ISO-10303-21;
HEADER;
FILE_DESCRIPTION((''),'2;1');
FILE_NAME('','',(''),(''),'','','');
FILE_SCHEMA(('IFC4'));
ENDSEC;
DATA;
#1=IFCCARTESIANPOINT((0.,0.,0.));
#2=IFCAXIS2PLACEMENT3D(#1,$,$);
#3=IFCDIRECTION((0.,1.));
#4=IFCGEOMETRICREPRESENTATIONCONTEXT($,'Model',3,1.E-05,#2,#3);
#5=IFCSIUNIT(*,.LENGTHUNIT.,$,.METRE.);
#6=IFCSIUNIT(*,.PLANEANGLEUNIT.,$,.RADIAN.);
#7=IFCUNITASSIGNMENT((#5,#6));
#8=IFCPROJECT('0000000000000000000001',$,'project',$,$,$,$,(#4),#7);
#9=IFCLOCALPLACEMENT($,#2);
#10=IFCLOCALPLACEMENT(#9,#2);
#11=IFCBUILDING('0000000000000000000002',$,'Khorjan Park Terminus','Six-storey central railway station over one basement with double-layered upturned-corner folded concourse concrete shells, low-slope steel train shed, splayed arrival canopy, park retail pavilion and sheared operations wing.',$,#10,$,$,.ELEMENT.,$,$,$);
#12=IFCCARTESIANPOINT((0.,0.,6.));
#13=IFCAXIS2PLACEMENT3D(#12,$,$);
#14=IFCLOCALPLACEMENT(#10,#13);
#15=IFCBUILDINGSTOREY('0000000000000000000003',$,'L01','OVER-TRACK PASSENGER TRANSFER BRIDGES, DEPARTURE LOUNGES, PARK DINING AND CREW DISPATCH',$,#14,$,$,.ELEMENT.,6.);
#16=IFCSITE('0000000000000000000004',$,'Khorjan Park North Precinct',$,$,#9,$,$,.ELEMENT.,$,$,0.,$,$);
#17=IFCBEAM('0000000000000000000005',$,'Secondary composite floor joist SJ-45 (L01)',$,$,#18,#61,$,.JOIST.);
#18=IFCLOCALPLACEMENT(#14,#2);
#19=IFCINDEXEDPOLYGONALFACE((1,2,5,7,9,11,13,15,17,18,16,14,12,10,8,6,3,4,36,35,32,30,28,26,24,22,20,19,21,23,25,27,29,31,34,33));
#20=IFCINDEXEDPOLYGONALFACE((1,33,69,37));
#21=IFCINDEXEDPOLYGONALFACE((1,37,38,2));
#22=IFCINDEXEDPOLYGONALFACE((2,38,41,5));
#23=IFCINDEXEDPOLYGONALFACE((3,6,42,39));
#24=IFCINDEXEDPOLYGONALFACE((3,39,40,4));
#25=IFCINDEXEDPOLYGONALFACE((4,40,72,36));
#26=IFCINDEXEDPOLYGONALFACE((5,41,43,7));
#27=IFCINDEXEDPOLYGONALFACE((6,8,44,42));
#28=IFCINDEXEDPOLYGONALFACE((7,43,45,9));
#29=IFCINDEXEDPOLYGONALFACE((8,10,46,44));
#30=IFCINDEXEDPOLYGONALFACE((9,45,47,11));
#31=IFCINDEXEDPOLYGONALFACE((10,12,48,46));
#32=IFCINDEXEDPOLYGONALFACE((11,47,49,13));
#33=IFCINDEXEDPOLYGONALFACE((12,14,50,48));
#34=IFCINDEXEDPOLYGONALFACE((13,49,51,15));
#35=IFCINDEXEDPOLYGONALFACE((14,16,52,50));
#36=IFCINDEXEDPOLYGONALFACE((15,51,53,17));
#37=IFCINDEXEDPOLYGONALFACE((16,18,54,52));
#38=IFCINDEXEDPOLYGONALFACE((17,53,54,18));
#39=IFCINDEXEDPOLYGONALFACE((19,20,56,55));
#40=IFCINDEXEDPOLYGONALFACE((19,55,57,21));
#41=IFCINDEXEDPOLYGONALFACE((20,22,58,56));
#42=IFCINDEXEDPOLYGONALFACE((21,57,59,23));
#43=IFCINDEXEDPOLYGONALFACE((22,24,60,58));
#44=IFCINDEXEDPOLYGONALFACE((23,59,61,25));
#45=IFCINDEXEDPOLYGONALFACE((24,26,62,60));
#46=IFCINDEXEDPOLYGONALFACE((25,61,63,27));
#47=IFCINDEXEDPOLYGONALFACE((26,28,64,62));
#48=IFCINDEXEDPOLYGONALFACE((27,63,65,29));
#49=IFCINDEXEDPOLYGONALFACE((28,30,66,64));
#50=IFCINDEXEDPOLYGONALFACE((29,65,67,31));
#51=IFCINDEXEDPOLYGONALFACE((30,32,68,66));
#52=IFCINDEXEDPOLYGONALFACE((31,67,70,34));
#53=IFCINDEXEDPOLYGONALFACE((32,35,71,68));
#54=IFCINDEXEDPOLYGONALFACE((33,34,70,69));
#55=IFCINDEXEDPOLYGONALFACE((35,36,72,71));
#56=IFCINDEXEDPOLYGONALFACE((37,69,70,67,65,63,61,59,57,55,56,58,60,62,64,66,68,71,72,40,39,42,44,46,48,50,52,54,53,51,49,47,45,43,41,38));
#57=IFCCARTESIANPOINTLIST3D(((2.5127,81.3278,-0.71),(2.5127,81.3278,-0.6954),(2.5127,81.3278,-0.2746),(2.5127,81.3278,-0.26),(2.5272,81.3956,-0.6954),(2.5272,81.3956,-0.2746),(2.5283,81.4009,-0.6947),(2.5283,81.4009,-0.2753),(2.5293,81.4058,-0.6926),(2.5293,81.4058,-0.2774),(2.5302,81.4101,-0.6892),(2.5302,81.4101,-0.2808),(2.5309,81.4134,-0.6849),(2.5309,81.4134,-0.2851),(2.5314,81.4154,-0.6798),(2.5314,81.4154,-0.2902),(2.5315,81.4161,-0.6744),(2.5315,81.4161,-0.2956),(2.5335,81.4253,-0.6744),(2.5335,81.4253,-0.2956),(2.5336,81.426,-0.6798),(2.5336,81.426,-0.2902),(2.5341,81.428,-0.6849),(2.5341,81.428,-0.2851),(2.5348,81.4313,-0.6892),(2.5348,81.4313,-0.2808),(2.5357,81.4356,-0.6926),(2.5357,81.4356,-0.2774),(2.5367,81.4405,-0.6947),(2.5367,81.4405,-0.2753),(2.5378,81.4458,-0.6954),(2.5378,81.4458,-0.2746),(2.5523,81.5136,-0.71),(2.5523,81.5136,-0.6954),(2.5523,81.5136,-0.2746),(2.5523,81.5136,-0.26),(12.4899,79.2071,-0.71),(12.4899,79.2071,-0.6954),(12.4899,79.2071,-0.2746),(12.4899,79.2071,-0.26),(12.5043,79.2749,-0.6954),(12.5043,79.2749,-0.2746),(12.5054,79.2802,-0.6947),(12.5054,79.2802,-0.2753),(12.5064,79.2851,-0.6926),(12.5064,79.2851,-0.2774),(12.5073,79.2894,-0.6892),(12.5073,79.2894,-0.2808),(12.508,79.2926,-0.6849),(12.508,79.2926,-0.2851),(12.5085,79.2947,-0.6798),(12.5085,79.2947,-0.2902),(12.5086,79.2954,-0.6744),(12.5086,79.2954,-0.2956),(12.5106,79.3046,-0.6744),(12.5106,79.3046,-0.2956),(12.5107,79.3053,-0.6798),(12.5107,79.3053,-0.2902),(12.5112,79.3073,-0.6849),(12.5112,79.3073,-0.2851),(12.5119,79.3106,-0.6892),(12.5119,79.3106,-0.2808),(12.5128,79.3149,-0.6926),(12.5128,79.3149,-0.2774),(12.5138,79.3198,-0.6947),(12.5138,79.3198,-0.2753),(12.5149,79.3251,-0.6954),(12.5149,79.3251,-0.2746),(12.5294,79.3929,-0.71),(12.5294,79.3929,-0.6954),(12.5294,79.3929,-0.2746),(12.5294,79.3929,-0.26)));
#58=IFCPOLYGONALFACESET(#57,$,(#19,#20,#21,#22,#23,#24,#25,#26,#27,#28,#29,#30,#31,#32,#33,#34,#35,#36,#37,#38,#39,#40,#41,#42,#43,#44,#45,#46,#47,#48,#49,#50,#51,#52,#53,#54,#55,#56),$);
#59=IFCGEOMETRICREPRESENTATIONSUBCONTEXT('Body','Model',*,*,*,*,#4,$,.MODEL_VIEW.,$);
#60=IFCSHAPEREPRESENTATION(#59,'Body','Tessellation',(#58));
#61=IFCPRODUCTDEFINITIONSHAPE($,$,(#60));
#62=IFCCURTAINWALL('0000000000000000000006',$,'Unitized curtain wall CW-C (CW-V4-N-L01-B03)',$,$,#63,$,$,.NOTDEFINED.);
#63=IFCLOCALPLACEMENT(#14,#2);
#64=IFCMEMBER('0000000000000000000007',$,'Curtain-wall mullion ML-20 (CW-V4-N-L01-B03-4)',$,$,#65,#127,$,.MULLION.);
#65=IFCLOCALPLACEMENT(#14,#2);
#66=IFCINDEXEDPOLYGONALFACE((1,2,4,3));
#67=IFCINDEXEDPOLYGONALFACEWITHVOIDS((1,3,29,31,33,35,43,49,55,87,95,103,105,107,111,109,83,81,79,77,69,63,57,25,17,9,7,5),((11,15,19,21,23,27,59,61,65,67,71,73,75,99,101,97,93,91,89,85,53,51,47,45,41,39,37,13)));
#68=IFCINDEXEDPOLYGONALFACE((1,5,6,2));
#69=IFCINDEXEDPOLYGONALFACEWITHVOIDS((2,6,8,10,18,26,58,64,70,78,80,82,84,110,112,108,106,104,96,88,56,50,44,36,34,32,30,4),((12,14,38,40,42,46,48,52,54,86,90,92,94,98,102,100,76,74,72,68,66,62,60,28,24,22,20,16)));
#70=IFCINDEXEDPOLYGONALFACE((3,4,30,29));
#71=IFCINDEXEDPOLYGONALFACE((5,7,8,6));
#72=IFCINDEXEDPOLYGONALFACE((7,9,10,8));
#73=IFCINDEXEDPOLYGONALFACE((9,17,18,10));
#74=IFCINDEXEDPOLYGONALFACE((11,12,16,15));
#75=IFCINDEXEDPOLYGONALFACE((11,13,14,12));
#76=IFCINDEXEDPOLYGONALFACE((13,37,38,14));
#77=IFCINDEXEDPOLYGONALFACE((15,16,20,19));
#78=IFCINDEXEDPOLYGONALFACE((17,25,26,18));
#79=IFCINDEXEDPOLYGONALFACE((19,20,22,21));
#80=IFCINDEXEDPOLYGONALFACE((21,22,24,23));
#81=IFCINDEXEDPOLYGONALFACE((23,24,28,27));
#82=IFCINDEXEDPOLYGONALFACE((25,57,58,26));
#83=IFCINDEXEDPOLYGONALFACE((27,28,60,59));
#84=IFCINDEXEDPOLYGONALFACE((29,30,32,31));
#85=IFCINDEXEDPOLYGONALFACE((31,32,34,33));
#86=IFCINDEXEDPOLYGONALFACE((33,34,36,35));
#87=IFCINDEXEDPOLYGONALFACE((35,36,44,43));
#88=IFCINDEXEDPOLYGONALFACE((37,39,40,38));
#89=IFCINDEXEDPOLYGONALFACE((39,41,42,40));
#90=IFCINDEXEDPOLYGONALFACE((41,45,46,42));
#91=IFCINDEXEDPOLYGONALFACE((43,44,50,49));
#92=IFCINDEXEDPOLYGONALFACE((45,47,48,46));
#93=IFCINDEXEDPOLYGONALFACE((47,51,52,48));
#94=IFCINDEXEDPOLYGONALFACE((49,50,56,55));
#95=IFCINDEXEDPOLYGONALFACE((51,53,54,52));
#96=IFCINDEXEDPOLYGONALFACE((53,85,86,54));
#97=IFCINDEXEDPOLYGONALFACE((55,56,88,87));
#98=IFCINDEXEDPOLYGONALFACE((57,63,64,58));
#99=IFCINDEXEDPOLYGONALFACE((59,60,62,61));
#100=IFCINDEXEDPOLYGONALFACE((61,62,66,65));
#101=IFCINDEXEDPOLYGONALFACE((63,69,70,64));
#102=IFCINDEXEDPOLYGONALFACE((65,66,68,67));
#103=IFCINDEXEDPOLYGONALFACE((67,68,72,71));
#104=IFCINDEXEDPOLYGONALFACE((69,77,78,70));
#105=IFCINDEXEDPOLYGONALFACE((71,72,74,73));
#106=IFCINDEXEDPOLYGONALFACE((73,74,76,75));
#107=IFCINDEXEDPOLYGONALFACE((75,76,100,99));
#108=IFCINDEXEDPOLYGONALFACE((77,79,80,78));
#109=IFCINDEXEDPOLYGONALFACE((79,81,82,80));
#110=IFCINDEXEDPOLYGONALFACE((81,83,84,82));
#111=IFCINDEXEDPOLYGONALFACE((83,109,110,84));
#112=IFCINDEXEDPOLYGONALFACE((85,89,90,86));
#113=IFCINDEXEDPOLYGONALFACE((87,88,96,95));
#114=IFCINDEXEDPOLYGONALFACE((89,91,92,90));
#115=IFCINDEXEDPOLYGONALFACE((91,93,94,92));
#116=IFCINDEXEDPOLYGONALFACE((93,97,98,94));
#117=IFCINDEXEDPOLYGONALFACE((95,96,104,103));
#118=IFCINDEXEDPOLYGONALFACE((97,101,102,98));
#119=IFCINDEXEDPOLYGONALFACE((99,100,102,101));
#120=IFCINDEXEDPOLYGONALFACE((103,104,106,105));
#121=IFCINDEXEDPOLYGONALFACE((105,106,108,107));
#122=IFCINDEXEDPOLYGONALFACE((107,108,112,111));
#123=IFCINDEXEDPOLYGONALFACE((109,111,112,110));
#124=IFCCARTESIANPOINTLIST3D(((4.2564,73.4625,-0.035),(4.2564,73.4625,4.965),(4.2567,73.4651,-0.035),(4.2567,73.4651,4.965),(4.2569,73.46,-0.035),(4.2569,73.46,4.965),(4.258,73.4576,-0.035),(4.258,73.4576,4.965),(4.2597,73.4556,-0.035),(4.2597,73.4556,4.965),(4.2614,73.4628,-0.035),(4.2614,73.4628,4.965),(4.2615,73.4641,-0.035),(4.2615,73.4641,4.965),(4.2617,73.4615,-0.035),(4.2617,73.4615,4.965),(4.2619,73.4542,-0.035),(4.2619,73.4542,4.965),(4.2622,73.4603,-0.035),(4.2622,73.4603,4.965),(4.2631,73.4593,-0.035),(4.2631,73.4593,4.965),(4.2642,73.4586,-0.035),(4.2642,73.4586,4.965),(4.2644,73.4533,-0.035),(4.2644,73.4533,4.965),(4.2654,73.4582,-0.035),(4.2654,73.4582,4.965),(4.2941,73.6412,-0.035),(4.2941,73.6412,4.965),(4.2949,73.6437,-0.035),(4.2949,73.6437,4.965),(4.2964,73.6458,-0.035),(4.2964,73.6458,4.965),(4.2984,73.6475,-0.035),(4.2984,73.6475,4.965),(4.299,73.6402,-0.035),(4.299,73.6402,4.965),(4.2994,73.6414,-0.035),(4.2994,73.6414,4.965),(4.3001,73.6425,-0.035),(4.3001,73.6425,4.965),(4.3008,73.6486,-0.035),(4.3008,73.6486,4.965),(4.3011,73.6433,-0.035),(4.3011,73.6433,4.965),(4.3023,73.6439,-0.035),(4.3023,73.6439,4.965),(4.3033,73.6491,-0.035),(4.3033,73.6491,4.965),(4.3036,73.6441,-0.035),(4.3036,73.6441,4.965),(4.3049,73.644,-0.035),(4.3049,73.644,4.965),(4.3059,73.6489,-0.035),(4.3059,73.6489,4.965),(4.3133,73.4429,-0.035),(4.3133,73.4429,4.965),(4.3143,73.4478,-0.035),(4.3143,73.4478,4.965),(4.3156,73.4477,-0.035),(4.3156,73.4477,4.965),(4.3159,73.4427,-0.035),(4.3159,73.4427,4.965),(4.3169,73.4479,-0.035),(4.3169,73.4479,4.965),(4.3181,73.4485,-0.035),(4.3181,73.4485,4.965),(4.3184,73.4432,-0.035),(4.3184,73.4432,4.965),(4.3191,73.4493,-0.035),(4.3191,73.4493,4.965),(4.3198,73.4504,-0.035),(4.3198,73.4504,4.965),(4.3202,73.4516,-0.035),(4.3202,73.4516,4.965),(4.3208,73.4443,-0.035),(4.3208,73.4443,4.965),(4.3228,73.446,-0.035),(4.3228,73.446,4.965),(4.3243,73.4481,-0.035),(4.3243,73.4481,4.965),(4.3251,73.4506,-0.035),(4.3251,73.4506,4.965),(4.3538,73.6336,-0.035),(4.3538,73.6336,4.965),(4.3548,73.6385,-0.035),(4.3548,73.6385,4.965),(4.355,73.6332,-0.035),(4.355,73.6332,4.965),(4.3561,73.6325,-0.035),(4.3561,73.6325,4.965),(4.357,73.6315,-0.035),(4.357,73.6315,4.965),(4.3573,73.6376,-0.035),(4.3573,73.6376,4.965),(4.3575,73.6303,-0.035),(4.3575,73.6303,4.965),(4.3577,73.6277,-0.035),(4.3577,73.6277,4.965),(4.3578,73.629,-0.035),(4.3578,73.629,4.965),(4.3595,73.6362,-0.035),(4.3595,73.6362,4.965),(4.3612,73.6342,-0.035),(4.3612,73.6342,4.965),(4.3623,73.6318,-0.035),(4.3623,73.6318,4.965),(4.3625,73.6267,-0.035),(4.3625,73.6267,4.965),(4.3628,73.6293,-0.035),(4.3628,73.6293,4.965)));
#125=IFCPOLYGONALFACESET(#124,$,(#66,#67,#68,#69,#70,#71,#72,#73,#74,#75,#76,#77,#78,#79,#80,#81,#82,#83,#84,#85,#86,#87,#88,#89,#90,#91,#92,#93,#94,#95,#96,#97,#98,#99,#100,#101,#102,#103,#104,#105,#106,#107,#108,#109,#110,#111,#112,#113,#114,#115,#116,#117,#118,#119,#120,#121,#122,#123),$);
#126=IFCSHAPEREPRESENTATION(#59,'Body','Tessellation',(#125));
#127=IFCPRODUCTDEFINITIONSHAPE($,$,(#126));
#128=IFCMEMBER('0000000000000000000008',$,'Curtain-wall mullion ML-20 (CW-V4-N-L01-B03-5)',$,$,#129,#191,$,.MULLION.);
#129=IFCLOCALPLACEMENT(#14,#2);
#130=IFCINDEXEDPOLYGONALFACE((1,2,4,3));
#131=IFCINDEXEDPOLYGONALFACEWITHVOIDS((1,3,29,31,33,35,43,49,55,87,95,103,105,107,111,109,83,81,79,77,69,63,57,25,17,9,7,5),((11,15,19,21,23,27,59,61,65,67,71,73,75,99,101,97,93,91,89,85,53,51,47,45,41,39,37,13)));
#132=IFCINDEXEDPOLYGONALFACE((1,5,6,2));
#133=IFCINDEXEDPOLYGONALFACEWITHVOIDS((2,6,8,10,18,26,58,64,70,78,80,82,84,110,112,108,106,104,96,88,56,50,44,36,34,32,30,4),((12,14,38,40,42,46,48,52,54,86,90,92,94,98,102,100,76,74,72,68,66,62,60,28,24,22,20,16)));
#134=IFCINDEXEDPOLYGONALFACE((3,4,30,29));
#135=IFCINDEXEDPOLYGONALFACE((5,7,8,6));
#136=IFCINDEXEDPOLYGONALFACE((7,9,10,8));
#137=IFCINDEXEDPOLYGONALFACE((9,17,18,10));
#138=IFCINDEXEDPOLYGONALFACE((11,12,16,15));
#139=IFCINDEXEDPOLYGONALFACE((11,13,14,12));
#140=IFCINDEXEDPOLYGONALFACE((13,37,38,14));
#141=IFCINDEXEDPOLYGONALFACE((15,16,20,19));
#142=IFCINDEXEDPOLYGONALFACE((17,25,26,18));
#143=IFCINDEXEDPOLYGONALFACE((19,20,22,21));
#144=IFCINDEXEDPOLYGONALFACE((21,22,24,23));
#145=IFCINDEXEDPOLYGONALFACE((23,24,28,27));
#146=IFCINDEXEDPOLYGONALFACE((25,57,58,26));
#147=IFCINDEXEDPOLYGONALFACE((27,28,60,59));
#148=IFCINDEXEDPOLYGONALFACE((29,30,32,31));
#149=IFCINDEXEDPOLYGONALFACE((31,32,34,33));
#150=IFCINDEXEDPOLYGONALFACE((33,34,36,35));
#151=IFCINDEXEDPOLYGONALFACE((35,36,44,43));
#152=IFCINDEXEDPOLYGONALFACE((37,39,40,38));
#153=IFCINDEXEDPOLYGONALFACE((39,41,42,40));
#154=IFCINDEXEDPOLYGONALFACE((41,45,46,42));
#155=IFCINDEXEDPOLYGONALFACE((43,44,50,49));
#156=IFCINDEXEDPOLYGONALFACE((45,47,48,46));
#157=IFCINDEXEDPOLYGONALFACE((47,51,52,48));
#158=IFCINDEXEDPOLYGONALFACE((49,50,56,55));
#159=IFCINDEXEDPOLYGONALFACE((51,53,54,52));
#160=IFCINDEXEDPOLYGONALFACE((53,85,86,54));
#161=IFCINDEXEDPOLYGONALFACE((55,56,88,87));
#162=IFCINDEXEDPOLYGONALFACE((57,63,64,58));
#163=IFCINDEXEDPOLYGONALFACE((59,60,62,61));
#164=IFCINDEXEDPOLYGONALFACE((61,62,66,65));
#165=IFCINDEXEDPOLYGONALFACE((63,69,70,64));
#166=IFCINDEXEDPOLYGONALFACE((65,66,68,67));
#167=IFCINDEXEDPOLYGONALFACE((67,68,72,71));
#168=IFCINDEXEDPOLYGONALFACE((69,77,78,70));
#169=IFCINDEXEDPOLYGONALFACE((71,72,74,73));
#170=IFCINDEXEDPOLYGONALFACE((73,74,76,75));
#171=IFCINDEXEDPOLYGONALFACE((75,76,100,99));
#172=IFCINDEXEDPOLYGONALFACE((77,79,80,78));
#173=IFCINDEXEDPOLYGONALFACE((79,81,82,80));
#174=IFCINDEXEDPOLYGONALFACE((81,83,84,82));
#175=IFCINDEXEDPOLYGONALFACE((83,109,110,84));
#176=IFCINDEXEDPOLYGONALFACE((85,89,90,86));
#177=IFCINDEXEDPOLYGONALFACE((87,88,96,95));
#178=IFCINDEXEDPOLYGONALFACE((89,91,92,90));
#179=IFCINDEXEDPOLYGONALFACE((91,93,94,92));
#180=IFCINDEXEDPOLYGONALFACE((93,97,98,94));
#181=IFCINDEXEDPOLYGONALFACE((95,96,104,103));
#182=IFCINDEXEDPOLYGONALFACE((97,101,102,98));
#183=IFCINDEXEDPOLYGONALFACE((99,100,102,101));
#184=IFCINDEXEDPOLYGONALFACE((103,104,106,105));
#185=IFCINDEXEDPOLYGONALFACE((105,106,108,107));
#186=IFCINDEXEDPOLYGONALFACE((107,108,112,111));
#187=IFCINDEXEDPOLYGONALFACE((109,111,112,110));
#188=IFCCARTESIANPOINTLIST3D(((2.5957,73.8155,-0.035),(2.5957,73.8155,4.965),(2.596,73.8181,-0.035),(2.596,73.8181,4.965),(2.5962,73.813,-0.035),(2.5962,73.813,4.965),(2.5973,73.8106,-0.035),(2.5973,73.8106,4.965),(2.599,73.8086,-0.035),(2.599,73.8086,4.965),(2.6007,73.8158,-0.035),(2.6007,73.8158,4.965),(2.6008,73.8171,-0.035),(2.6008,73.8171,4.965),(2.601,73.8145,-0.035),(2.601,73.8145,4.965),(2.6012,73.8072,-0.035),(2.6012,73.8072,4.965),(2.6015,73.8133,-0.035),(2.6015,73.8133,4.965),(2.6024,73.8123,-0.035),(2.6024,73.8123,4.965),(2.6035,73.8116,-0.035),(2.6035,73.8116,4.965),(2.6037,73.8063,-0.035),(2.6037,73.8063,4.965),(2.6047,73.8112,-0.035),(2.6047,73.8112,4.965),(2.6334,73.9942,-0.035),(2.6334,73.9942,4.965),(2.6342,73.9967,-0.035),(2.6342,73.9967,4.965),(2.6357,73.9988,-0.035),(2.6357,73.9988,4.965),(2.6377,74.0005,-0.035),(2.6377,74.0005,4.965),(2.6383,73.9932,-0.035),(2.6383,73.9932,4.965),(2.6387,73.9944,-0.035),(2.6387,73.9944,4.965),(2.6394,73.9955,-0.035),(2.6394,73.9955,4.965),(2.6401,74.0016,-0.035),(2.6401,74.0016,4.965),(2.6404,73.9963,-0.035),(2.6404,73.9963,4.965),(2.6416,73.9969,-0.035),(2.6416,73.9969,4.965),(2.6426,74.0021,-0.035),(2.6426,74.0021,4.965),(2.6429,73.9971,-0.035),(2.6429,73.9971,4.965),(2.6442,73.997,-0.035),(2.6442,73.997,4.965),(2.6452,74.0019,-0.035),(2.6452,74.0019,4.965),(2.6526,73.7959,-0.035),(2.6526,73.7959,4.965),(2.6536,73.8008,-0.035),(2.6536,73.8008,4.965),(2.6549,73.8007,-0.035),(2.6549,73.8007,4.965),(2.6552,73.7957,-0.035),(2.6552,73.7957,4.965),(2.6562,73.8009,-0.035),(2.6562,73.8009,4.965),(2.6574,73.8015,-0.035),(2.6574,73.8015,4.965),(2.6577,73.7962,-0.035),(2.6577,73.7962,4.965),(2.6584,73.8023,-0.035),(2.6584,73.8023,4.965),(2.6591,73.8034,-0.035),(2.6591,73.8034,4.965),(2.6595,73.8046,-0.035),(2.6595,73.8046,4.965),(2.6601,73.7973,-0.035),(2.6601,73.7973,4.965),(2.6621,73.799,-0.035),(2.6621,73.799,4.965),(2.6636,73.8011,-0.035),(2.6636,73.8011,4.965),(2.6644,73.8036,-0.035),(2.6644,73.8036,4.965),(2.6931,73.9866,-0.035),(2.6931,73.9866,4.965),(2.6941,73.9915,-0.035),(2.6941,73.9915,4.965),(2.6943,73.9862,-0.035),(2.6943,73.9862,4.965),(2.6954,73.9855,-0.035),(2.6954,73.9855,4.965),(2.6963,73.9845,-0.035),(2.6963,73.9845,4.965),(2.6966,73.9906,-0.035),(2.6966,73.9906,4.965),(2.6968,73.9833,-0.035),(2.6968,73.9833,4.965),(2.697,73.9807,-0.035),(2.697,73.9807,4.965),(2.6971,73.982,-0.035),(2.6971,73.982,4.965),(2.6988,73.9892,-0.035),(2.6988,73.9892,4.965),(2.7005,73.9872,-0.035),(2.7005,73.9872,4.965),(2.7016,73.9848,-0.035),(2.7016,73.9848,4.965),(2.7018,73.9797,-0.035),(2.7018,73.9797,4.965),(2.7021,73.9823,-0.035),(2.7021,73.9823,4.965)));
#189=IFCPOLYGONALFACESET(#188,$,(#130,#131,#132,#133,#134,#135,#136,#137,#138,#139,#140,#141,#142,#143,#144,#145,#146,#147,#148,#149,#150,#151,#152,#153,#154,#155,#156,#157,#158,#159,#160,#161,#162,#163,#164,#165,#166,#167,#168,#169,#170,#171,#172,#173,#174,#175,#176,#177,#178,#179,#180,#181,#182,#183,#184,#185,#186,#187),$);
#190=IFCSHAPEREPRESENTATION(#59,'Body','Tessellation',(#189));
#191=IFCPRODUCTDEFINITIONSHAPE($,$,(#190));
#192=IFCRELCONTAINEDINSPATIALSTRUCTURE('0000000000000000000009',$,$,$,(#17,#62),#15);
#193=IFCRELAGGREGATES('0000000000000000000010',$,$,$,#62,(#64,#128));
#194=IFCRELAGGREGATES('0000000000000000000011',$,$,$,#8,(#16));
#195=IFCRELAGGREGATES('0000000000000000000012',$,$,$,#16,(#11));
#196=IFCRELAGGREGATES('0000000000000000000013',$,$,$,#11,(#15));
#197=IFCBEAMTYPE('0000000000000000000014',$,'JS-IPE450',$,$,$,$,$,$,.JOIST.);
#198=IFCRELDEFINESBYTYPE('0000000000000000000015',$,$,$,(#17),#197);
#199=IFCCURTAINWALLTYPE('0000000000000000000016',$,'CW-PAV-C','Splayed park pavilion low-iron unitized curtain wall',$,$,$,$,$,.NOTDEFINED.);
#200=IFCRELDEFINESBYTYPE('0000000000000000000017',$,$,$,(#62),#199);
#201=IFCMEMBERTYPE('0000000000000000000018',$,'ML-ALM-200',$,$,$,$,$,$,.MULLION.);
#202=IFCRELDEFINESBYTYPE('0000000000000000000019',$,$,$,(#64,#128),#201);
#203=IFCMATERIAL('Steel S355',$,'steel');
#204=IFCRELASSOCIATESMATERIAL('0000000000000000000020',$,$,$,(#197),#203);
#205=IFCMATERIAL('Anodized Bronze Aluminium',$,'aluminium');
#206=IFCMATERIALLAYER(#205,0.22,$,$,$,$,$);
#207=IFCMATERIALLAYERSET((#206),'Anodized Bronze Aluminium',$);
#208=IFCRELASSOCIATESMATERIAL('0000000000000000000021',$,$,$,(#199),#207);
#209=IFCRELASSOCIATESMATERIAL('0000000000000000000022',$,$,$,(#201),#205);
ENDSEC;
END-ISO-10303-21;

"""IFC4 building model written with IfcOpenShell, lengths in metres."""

from ifc_helpers import new_model, si_unit, direction, frame, origin, origin_2d, place, context, subcontext, project, spatial, hollow_rectangle, i_section, extrude, material, layer, layer_set, material_profile, profile_set, type_object, element, aggregate, save


model = new_model("IFC4")

# Units and contexts
model_context = context("Model", 3, precision=1e-05, world=origin(), true_north=direction((0.0, 1.0)))
body_context = subcontext(model_context, "Body", "Model", "MODEL_VIEW")
ifc_project = project(units=[si_unit("LENGTHUNIT", "METRE"), si_unit("PLANEANGLEUNIT", "RADIAN")], contexts=[model_context])

# Site, building, storey
site_placement = place(None, origin())
site = spatial("IfcSite", under=ifc_project, at=site_placement, Name="Khorjan Park North Precinct", CompositionType="ELEMENT", RefElevation=0.0)
building_placement = place(site_placement, origin())
building = spatial("IfcBuilding", under=site, at=building_placement, Name="Khorjan Park Terminus", Description="Six-storey central railway station over one basement with double-layered upturned-corner folded concourse concrete shells, low-slope steel train shed, splayed arrival canopy, park retail pavilion and sheared operations wing.", CompositionType="ELEMENT")
storey_placement = place(building_placement, frame((0.0, 0.0, 6.0)))
storey = spatial("IfcBuildingStorey", under=building, at=storey_placement, Name="L01", Description="OVER-TRACK PASSENGER TRANSFER BRIDGES, DEPARTURE LOUNGES, PARK DINING AND CREW DISPATCH", CompositionType="ELEMENT", Elevation=6.0)

# Shared definitions
ifc_material_1 = material(Name="Steel S355", Category="steel")

# Beam
ifc_material_profile_1 = material_profile(ifc_material_1, i_section(OverallWidth=0.19, OverallDepth=0.45, WebThickness=0.0094, FlangeThickness=0.0146, FilletRadius=0.021, at=origin_2d()), Name="IPE 450")
ifc_profile_set_1 = profile_set([ifc_material_profile_1], Name="Steel S355")
beam_type_1 = type_object("IfcBeamType", Name="JS-IPE450", PredefinedType="JOIST", material=ifc_profile_set_1)
beam_1_placement = place(storey_placement, frame((2.5325, 81.4207, -0.485), z_axis=(0.978148, -0.207912, 0.0), x_axis=(0.207912, 0.978148, 0.0)))
element("IfcBeam", 1, at=beam_1_placement, inside=storey, type_object=beam_type_1, Name="Secondary composite floor joist SJ-45 (L01)", PredefinedType="JOIST", context=body_context, shape_type="SweptSolid", body=[
    extrude(i_section(OverallWidth=0.19, OverallDepth=0.45, WebThickness=0.0094, FlangeThickness=0.0146, FilletRadius=0.021, at=origin_2d()), origin(), (0.0, 0.0, 1.0), 10.2),
])

# Curtain wall, members
ifc_material_2 = material(Name="Anodized Bronze Aluminium", Category="aluminium")
ifc_layer_1 = layer(ifc_material_2, 0.22)
ifc_layer_set_1 = layer_set([ifc_layer_1], Name="Anodized Bronze Aluminium")
curtain_wall_type = type_object("IfcCurtainWallType", Name="CW-PAV-C", Description="Splayed park pavilion low-iron unitized curtain wall", PredefinedType="NOTDEFINED", material=ifc_layer_set_1)
curtain_wall_1_placement = place(storey_placement, origin())
curtain_wall_1 = element("IfcCurtainWall", 2, at=curtain_wall_1_placement, inside=storey, type_object=curtain_wall_type, Name="Unitized curtain wall CW-C (CW-V4-N-L01-B03)", PredefinedType="NOTDEFINED")
ifc_material_profile_2 = material_profile(ifc_material_2, hollow_rectangle(XDim=0.07, YDim=0.2, WallThickness=0.005, InnerFilletRadius=0.005, OuterFilletRadius=0.01, at=origin_2d()), Name="ALM 70x200x5")
ifc_profile_set_2 = profile_set([ifc_material_profile_2], Name="Anodized Bronze Aluminium")
member_type_1 = type_object("IfcMemberType", Name="ML-ALM-200", PredefinedType="MULLION", material=ifc_profile_set_2)
member_1_placement = place(storey_placement, frame((4.3096, 73.5459, -0.035), z_axis=(0.0, 0.0, 1.0), x_axis=(-0.978146, 0.207917, 0.0)))
member_1 = element("IfcMember", 3, at=member_1_placement, type_object=member_type_1, Name="Curtain-wall mullion ML-20 (CW-V4-N-L01-B03-4)", PredefinedType="MULLION", context=body_context, shape_type="SweptSolid", body=[
    extrude(hollow_rectangle(XDim=0.07, YDim=0.2, WallThickness=0.005, InnerFilletRadius=0.005, OuterFilletRadius=0.01, at=origin_2d()), origin(), (0.0, 0.0, 1.0), 5.0),
])
member_2_placement = place(storey_placement, frame((2.6489, 73.8989, -0.035), z_axis=(0.0, 0.0, 1.0), x_axis=(-0.978146, 0.207917, 0.0)))
member_2 = element("IfcMember", 4, at=member_2_placement, type_object=member_type_1, Name="Curtain-wall mullion ML-20 (CW-V4-N-L01-B03-5)", PredefinedType="MULLION", context=body_context, shape_type="SweptSolid", body=[
    extrude(hollow_rectangle(XDim=0.07, YDim=0.2, WallThickness=0.005, InnerFilletRadius=0.005, OuterFilletRadius=0.01, at=origin_2d()), origin(), (0.0, 0.0, 1.0), 5.0),
])

aggregate(curtain_wall_1, [member_1, member_2])

save(model, "model.ifc")
